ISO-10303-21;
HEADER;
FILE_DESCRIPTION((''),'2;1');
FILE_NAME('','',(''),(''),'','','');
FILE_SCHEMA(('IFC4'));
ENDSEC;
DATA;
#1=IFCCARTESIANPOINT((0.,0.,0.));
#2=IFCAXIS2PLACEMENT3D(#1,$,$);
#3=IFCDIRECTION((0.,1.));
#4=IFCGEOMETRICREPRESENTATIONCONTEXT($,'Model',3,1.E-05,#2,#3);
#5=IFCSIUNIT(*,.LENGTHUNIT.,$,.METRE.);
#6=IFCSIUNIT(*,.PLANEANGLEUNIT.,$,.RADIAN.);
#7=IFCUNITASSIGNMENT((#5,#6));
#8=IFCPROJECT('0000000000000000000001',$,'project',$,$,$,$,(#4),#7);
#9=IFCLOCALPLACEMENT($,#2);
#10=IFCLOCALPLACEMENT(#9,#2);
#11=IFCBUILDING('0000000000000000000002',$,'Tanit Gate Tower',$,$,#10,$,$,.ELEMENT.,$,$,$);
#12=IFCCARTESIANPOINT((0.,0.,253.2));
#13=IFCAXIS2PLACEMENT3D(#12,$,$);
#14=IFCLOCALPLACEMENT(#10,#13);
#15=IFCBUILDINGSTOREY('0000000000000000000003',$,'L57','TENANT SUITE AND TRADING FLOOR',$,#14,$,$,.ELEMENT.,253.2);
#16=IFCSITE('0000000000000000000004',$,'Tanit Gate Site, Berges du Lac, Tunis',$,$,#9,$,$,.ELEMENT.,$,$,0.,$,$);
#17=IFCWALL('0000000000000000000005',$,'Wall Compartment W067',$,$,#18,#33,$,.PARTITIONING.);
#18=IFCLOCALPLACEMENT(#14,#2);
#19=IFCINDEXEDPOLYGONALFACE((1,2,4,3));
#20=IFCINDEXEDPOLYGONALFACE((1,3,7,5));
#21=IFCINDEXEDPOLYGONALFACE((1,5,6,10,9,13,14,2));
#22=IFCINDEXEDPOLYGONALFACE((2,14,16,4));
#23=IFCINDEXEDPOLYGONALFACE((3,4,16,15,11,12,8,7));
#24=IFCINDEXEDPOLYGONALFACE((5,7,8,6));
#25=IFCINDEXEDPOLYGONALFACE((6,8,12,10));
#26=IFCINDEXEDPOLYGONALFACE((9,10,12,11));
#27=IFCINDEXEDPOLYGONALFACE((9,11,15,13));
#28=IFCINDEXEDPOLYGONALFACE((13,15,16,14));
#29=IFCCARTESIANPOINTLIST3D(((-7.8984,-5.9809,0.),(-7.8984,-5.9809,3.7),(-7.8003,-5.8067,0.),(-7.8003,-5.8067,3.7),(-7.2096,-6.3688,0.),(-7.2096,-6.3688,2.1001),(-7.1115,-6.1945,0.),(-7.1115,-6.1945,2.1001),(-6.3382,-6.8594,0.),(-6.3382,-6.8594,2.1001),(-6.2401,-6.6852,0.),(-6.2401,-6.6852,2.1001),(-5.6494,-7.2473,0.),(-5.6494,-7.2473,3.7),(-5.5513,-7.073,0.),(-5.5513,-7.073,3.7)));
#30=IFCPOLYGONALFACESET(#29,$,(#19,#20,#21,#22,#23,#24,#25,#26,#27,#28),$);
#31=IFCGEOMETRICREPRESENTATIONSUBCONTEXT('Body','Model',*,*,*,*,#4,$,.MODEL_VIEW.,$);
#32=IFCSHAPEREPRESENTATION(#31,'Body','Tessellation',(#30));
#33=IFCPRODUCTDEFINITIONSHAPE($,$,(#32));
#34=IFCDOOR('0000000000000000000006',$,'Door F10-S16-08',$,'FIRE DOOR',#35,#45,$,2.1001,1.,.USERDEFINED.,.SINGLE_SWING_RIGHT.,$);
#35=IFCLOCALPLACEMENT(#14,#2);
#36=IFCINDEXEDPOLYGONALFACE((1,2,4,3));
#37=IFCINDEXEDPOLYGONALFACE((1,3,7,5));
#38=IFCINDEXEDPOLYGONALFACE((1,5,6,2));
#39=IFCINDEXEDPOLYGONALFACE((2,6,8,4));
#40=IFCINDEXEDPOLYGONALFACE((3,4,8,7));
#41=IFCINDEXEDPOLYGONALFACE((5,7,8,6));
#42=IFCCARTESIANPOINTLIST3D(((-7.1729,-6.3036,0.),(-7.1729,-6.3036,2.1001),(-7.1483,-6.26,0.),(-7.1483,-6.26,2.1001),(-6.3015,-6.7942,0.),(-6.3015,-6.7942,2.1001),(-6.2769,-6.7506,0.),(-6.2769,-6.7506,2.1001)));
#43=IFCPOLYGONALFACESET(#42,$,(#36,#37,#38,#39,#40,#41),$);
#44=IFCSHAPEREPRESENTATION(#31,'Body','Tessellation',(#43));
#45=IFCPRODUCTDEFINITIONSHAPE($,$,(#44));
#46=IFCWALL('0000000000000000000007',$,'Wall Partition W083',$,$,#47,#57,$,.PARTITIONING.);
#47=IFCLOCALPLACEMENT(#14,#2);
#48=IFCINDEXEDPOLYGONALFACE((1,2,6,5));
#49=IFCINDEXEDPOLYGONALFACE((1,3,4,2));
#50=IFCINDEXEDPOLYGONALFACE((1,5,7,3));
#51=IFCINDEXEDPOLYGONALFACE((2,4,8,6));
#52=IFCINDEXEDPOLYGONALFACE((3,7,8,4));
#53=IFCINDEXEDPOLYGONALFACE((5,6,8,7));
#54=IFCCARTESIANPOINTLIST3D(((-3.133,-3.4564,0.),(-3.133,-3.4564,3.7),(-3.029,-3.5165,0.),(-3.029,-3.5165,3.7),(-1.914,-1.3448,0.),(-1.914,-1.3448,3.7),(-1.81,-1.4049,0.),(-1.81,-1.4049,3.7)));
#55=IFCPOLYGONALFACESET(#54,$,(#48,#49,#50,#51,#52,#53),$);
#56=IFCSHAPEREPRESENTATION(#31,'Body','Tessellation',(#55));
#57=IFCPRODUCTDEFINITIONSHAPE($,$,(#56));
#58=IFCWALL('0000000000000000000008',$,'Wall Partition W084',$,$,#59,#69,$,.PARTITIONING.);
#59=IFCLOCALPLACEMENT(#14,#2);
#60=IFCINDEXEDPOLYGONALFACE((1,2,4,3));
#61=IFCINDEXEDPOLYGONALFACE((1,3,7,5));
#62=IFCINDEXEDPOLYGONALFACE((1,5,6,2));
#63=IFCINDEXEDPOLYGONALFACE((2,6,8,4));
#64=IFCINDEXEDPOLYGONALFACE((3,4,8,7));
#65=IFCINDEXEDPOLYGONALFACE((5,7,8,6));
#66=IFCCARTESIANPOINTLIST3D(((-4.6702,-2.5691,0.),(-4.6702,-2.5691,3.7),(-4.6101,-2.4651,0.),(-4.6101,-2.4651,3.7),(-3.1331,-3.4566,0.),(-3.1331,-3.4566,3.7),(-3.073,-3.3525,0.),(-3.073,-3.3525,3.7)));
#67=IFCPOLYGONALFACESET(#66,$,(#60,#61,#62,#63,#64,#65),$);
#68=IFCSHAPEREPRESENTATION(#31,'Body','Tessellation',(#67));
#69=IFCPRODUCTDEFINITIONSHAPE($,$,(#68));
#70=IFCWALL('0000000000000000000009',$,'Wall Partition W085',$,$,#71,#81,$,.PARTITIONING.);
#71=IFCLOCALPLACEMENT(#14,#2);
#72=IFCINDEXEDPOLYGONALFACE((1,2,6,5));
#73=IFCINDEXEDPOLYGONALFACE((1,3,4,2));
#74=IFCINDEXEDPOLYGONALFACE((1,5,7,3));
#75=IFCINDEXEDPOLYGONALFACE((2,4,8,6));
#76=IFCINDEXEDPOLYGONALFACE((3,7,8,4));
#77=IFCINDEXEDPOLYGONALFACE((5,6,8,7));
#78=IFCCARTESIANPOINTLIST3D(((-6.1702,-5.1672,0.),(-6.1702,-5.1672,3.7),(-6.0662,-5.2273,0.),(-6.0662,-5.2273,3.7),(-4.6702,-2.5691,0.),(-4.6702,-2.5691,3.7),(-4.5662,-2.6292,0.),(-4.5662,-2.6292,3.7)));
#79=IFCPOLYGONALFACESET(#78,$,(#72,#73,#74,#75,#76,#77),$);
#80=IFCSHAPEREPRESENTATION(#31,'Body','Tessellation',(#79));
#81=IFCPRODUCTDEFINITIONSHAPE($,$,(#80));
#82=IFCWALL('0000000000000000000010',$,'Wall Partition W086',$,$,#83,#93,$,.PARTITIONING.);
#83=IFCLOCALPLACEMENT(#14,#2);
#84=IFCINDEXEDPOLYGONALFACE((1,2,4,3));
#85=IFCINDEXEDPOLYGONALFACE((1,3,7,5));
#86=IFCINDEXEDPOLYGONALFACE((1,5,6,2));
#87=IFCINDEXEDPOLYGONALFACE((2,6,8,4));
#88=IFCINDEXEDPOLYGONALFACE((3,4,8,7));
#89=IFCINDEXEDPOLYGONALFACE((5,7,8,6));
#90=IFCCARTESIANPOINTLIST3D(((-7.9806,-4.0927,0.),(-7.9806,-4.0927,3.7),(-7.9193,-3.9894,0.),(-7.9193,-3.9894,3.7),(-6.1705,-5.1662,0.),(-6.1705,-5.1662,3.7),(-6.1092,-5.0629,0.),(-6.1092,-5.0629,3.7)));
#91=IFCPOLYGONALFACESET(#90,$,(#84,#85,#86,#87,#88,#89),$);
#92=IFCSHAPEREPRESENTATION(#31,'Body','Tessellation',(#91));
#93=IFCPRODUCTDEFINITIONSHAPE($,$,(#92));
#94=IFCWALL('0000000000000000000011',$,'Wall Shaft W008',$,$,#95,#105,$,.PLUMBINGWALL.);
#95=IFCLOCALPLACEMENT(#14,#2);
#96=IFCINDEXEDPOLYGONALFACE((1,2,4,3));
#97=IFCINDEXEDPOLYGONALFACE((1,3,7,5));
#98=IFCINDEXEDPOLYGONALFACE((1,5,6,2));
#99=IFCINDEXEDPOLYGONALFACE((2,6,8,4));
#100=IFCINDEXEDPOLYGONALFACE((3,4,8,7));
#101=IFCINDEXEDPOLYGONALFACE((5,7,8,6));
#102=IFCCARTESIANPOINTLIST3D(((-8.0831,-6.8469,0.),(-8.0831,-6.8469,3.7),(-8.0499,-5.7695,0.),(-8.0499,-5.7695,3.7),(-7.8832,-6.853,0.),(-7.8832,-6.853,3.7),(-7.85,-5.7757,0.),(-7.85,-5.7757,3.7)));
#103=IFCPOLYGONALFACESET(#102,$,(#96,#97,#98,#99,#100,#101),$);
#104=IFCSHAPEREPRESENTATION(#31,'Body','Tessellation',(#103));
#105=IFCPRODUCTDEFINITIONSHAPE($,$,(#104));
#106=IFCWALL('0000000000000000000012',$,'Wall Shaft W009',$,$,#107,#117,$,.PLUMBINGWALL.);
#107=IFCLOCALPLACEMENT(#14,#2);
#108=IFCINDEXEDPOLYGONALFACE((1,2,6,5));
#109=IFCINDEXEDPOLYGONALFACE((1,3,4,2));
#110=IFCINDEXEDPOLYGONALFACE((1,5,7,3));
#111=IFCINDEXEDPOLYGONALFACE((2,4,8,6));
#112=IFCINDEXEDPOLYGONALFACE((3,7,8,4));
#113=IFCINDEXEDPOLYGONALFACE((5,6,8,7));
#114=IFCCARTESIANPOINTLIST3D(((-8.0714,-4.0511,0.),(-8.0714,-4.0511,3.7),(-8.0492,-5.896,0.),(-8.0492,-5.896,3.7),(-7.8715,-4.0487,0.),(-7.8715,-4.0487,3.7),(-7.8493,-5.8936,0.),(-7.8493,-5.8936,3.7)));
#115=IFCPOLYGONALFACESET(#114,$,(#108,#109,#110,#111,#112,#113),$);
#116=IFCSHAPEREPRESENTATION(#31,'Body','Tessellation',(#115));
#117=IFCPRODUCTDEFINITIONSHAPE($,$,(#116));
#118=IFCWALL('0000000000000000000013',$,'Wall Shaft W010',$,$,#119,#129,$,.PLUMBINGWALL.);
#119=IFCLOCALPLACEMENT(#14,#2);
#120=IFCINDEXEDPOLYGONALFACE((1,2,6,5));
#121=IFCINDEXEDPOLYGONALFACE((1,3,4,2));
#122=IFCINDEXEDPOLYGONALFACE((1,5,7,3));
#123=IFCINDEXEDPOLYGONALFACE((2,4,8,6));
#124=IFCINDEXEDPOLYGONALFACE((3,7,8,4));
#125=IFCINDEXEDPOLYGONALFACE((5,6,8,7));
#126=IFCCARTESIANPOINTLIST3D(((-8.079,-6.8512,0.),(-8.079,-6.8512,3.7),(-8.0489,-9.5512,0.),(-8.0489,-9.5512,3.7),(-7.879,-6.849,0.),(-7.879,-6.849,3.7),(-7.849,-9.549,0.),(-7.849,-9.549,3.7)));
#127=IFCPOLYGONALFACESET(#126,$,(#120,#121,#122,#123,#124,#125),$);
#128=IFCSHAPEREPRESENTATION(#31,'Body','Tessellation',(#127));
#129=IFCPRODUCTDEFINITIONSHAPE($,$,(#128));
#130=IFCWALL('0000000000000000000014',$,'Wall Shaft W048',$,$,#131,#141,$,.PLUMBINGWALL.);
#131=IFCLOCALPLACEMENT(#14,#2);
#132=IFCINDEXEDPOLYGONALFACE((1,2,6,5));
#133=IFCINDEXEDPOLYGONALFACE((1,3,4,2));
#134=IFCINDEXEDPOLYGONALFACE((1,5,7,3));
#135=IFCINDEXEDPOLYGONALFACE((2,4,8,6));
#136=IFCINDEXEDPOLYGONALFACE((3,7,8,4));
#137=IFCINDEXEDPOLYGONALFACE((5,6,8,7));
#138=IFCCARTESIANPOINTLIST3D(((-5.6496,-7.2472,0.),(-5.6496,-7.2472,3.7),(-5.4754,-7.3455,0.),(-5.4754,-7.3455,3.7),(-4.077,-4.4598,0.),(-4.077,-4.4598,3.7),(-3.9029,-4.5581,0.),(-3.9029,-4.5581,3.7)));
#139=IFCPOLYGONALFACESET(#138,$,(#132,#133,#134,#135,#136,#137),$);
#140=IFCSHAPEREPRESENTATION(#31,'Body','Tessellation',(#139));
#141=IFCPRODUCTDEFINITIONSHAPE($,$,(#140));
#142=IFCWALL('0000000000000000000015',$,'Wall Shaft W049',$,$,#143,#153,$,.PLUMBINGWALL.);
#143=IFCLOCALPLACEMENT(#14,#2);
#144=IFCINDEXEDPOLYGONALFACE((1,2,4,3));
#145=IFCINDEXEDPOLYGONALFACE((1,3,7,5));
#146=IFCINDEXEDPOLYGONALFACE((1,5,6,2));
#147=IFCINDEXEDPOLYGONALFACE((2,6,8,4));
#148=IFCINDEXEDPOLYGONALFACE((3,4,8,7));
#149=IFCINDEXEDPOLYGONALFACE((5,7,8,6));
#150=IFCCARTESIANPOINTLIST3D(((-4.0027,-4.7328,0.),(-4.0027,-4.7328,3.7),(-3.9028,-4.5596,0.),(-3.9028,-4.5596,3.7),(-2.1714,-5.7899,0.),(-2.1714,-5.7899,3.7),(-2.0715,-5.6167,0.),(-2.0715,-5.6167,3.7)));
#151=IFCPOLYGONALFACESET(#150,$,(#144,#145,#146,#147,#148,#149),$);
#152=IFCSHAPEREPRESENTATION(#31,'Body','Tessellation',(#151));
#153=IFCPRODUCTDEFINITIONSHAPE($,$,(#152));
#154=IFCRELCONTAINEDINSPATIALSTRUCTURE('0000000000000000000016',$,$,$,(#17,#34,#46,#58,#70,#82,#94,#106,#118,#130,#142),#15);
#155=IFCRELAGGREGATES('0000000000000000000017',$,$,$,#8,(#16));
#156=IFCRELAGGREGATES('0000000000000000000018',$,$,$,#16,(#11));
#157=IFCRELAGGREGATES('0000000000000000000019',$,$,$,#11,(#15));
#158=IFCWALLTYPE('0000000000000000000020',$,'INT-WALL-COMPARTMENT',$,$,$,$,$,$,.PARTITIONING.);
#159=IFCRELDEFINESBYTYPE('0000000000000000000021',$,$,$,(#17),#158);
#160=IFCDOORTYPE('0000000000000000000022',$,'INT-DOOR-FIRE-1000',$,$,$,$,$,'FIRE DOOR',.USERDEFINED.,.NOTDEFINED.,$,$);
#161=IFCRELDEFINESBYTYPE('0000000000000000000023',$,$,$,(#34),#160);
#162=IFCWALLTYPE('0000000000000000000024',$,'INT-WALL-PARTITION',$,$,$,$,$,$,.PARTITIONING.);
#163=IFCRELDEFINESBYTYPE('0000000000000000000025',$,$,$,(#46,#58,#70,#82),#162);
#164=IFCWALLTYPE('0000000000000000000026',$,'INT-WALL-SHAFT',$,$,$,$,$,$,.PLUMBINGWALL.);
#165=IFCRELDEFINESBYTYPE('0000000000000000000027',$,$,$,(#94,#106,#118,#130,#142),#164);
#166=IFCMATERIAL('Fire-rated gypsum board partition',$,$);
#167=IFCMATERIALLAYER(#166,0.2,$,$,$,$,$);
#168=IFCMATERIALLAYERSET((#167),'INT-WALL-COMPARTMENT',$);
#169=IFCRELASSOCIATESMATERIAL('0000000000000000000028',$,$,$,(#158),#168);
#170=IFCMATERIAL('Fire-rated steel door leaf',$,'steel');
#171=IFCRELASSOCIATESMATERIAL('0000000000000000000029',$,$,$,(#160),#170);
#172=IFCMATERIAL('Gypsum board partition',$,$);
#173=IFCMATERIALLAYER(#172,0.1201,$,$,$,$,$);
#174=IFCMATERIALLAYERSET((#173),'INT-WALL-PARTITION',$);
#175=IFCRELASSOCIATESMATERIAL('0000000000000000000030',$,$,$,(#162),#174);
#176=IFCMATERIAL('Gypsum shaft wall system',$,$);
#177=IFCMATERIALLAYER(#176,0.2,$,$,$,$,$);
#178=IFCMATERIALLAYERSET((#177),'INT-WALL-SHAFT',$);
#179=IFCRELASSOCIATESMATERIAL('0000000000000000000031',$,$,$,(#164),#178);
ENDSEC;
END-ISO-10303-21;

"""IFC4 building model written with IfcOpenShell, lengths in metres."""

from ifc_helpers import new_model, si_unit, direction, frame, frame_2d, origin, place, context, subcontext, project, spatial, rectangle, extrude, material, layer, layer_set, type_object, element, fill, save


model = new_model("IFC4")

# Units and contexts
model_context = context("Model", 3, precision=1e-05, world=origin(), true_north=direction((0.0, 1.0)))
body_context = subcontext(model_context, "Body", "Model", "MODEL_VIEW")
ifc_project = project(units=[si_unit("LENGTHUNIT", "METRE"), si_unit("PLANEANGLEUNIT", "RADIAN")], contexts=[model_context])

# Site, building, storey
site_placement = place(None, origin())
site = spatial("IfcSite", under=ifc_project, at=site_placement, Name="Tanit Gate Site, Berges du Lac, Tunis", CompositionType="ELEMENT", RefElevation=0.0)
building_placement = place(site_placement, origin())
building = spatial("IfcBuilding", under=site, at=building_placement, Name="Tanit Gate Tower", CompositionType="ELEMENT")
storey_placement = place(building_placement, frame((0.0, 0.0, 253.2)))
storey = spatial("IfcBuildingStorey", under=building, at=storey_placement, Name="L57", Description="TENANT SUITE AND TRADING FLOOR", CompositionType="ELEMENT", Elevation=253.2)

# Wall, opening, door
ifc_material_1 = material(Name="Fire-rated gypsum board partition")
ifc_layer_1 = layer(ifc_material_1, 0.2)
ifc_layer_set_1 = layer_set([ifc_layer_1], Name="INT-WALL-COMPARTMENT")
wall_type_1 = type_object("IfcWallType", Name="INT-WALL-COMPARTMENT", PredefinedType="PARTITIONING", material=ifc_layer_set_1)
wall_1_placement = place(storey_placement, frame((-7.8494, -5.8938, 0.0), z_axis=(0.0, 0.0, 1.0), x_axis=(0.871363, -0.490638, 0.0)))
wall_1 = element("IfcWall", 1, at=wall_1_placement, inside=storey, type_object=wall_type_1, Name="Wall Compartment W067", PredefinedType="PARTITIONING", context=body_context, shape_type="SweptSolid", body=[
    extrude(rectangle(XDim=2.5811, YDim=0.2, at=frame_2d((1.2905, 0.0))), origin(), (0.0, 0.0, 1.0), 3.7),
])
opening_1_placement = place(wall_1_placement, frame((0.7905, 0.0, 0.0)))
opening_1 = element("IfcOpeningElement", 2, at=opening_1_placement, cuts=wall_1, PredefinedType="OPENING", context=body_context, shape_type="SweptSolid", body=[
    extrude(rectangle(XDim=1.0, YDim=2.1001, at=frame_2d((0.5, 1.05))), frame((0.0, 0.1099, 0.0), z_axis=(0.0, -1.0, 0.0), x_axis=(1.0, 0.0, 0.0)), (0.0, 0.0, 1.0), 0.22),
])
ifc_material_2 = material(Name="Fire-rated steel door leaf", Category="steel")
door_type_1 = type_object("IfcDoorType", Name="INT-DOOR-FIRE-1000", ElementType="FIRE DOOR", OperationType="NOTDEFINED", PredefinedType="USERDEFINED", material=ifc_material_2)
door_1_placement = place(opening_1_placement, origin())
door_1 = element("IfcDoor", 3, at=door_1_placement, inside=storey, type_object=door_type_1, Name="Door F10-S16-08", ObjectType="FIRE DOOR", OperationType="SINGLE_SWING_RIGHT", OverallHeight=2.1001, OverallWidth=1.0, PredefinedType="USERDEFINED", context=body_context, shape_type="SweptSolid", body=[
    extrude(rectangle(XDim=1.0, YDim=2.1001, at=frame_2d((0.5, 1.05))), frame((0.0, 0.0249, 0.0), z_axis=(0.0, -1.0, 0.0), x_axis=(1.0, 0.0, 0.0)), (0.0, 0.0, 1.0), 0.05),
])
fill(opening_1, door_1)

# Walls
ifc_material_3 = material(Name="Gypsum board partition")
ifc_layer_2 = layer(ifc_material_3, 0.1201)
ifc_layer_set_2 = layer_set([ifc_layer_2], Name="INT-WALL-PARTITION")
wall_type_2 = type_object("IfcWallType", Name="INT-WALL-PARTITION", PredefinedType="PARTITIONING", material=ifc_layer_set_2)
wall_2_placement = place(storey_placement, frame((-3.0811, -3.4866, 0.0), z_axis=(0.0, 0.0, 1.0), x_axis=(0.499962, 0.866047, 0.0)))
element("IfcWall", 4, at=wall_2_placement, inside=storey, type_object=wall_type_2, Name="Wall Partition W083", PredefinedType="PARTITIONING", context=body_context, shape_type="SweptSolid", body=[
    extrude(rectangle(XDim=2.4382, YDim=0.1201, at=frame_2d((1.2192, 0.0))), origin(), (0.0, 0.0, 1.0), 3.7),
])
wall_3_placement = place(storey_placement, frame((-4.6401, -2.5171, 0.0), z_axis=(0.0, 0.0, 1.0), x_axis=(0.866025, -0.5, 0.0)))
element("IfcWall", 5, at=wall_3_placement, inside=storey, type_object=wall_type_2, Name="Wall Partition W084", PredefinedType="PARTITIONING", context=body_context, shape_type="SweptSolid", body=[
    extrude(rectangle(XDim=1.7749, YDim=0.1201, at=frame_2d((0.8875, 0.0))), origin(), (0.0, 0.0, 1.0), 3.7),
])
wall_4_placement = place(storey_placement, frame((-6.1182, -5.1973, 0.0), z_axis=(0.0, 0.0, 1.0), x_axis=(0.49999, 0.866031, 0.0)))
element("IfcWall", 6, at=wall_4_placement, inside=storey, type_object=wall_type_2, Name="Wall Partition W085", PredefinedType="PARTITIONING", context=body_context, shape_type="SweptSolid", body=[
    extrude(rectangle(XDim=3.0, YDim=0.1201, at=frame_2d((1.5, 0.0))), origin(), (0.0, 0.0, 1.0), 3.7),
])
wall_5_placement = place(storey_placement, frame((-7.95, -4.041, 0.0), z_axis=(0.0, 0.0, 1.0), x_axis=(0.860112, -0.510104, 0.0)))
element("IfcWall", 7, at=wall_5_placement, inside=storey, type_object=wall_type_2, Name="Wall Partition W086", PredefinedType="PARTITIONING", context=body_context, shape_type="SweptSolid", body=[
    extrude(rectangle(XDim=2.1045, YDim=0.1201, at=frame_2d((1.0522, 0.0))), origin(), (0.0, 0.0, 1.0), 3.7),
])
ifc_material_4 = material(Name="Gypsum shaft wall system")
ifc_layer_3 = layer(ifc_material_4, 0.2)
ifc_layer_set_3 = layer_set([ifc_layer_3], Name="INT-WALL-SHAFT")
wall_type_3 = type_object("IfcWallType", Name="INT-WALL-SHAFT", PredefinedType="PLUMBINGWALL", material=ifc_layer_set_3)
wall_6_placement = place(storey_placement, frame((-7.95, -5.7725, 0.0), z_axis=(0.0, 0.0, 1.0), x_axis=(-0.030803, -0.999525, 0.0)))
element("IfcWall", 8, at=wall_6_placement, inside=storey, type_object=wall_type_3, Name="Wall Shaft W008", PredefinedType="PLUMBINGWALL", context=body_context, shape_type="SweptSolid", body=[
    extrude(rectangle(XDim=1.0779, YDim=0.2, at=frame_2d((0.5391, 0.0))), origin(), (0.0, 0.0, 1.0), 3.7),
])
wall_7_placement = place(storey_placement, frame((-7.9714, -4.05, 0.0), z_axis=(0.0, 0.0, 1.0), x_axis=(0.012043, -0.999927, 0.0)))
element("IfcWall", 9, at=wall_7_placement, inside=storey, type_object=wall_type_3, Name="Wall Shaft W009", PredefinedType="PLUMBINGWALL", context=body_context, shape_type="SweptSolid", body=[
    extrude(rectangle(XDim=1.845, YDim=0.2, at=frame_2d((0.9224, 0.0))), origin(), (0.0, 0.0, 1.0), 3.7),
])
wall_8_placement = place(storey_placement, frame((-7.979, -6.8501, 0.0), z_axis=(0.0, 0.0, 1.0), x_axis=(0.011121, -0.999938, 0.0)))
element("IfcWall", 10, at=wall_8_placement, inside=storey, type_object=wall_type_3, Name="Wall Shaft W010", PredefinedType="PLUMBINGWALL", context=body_context, shape_type="SweptSolid", body=[
    extrude(rectangle(XDim=2.7002, YDim=0.2, at=frame_2d((1.3501, 0.0))), origin(), (0.0, 0.0, 1.0), 3.7),
])

# Walls
wall_9_placement = place(storey_placement, frame((-3.99, -4.509, 0.0), z_axis=(0.0, 0.0, 1.0), x_axis=(-0.491358, -0.870958, 0.0)))
element("IfcWall", 11, at=wall_9_placement, inside=storey, type_object=wall_type_3, Name="Wall Shaft W048", PredefinedType="PLUMBINGWALL", context=body_context, shape_type="SweptSolid", body=[
    extrude(rectangle(XDim=3.2004, YDim=0.2, at=frame_2d((1.6001, 0.0))), origin(), (0.0, 0.0, 1.0), 3.7),
])
wall_10_placement = place(storey_placement, frame((-3.9526, -4.6462, 0.0), z_axis=(0.0, 0.0, 1.0), x_axis=(0.866061, -0.499939, 0.0)))
element("IfcWall", 12, at=wall_10_placement, inside=storey, type_object=wall_type_3, Name="Wall Shaft W049", PredefinedType="PLUMBINGWALL", context=body_context, shape_type="SweptSolid", body=[
    extrude(rectangle(XDim=2.1145, YDim=0.2, at=frame_2d((1.0571, 0.0))), origin(), (0.0, 0.0, 1.0), 3.7),
])

save(model, "model.ifc")
